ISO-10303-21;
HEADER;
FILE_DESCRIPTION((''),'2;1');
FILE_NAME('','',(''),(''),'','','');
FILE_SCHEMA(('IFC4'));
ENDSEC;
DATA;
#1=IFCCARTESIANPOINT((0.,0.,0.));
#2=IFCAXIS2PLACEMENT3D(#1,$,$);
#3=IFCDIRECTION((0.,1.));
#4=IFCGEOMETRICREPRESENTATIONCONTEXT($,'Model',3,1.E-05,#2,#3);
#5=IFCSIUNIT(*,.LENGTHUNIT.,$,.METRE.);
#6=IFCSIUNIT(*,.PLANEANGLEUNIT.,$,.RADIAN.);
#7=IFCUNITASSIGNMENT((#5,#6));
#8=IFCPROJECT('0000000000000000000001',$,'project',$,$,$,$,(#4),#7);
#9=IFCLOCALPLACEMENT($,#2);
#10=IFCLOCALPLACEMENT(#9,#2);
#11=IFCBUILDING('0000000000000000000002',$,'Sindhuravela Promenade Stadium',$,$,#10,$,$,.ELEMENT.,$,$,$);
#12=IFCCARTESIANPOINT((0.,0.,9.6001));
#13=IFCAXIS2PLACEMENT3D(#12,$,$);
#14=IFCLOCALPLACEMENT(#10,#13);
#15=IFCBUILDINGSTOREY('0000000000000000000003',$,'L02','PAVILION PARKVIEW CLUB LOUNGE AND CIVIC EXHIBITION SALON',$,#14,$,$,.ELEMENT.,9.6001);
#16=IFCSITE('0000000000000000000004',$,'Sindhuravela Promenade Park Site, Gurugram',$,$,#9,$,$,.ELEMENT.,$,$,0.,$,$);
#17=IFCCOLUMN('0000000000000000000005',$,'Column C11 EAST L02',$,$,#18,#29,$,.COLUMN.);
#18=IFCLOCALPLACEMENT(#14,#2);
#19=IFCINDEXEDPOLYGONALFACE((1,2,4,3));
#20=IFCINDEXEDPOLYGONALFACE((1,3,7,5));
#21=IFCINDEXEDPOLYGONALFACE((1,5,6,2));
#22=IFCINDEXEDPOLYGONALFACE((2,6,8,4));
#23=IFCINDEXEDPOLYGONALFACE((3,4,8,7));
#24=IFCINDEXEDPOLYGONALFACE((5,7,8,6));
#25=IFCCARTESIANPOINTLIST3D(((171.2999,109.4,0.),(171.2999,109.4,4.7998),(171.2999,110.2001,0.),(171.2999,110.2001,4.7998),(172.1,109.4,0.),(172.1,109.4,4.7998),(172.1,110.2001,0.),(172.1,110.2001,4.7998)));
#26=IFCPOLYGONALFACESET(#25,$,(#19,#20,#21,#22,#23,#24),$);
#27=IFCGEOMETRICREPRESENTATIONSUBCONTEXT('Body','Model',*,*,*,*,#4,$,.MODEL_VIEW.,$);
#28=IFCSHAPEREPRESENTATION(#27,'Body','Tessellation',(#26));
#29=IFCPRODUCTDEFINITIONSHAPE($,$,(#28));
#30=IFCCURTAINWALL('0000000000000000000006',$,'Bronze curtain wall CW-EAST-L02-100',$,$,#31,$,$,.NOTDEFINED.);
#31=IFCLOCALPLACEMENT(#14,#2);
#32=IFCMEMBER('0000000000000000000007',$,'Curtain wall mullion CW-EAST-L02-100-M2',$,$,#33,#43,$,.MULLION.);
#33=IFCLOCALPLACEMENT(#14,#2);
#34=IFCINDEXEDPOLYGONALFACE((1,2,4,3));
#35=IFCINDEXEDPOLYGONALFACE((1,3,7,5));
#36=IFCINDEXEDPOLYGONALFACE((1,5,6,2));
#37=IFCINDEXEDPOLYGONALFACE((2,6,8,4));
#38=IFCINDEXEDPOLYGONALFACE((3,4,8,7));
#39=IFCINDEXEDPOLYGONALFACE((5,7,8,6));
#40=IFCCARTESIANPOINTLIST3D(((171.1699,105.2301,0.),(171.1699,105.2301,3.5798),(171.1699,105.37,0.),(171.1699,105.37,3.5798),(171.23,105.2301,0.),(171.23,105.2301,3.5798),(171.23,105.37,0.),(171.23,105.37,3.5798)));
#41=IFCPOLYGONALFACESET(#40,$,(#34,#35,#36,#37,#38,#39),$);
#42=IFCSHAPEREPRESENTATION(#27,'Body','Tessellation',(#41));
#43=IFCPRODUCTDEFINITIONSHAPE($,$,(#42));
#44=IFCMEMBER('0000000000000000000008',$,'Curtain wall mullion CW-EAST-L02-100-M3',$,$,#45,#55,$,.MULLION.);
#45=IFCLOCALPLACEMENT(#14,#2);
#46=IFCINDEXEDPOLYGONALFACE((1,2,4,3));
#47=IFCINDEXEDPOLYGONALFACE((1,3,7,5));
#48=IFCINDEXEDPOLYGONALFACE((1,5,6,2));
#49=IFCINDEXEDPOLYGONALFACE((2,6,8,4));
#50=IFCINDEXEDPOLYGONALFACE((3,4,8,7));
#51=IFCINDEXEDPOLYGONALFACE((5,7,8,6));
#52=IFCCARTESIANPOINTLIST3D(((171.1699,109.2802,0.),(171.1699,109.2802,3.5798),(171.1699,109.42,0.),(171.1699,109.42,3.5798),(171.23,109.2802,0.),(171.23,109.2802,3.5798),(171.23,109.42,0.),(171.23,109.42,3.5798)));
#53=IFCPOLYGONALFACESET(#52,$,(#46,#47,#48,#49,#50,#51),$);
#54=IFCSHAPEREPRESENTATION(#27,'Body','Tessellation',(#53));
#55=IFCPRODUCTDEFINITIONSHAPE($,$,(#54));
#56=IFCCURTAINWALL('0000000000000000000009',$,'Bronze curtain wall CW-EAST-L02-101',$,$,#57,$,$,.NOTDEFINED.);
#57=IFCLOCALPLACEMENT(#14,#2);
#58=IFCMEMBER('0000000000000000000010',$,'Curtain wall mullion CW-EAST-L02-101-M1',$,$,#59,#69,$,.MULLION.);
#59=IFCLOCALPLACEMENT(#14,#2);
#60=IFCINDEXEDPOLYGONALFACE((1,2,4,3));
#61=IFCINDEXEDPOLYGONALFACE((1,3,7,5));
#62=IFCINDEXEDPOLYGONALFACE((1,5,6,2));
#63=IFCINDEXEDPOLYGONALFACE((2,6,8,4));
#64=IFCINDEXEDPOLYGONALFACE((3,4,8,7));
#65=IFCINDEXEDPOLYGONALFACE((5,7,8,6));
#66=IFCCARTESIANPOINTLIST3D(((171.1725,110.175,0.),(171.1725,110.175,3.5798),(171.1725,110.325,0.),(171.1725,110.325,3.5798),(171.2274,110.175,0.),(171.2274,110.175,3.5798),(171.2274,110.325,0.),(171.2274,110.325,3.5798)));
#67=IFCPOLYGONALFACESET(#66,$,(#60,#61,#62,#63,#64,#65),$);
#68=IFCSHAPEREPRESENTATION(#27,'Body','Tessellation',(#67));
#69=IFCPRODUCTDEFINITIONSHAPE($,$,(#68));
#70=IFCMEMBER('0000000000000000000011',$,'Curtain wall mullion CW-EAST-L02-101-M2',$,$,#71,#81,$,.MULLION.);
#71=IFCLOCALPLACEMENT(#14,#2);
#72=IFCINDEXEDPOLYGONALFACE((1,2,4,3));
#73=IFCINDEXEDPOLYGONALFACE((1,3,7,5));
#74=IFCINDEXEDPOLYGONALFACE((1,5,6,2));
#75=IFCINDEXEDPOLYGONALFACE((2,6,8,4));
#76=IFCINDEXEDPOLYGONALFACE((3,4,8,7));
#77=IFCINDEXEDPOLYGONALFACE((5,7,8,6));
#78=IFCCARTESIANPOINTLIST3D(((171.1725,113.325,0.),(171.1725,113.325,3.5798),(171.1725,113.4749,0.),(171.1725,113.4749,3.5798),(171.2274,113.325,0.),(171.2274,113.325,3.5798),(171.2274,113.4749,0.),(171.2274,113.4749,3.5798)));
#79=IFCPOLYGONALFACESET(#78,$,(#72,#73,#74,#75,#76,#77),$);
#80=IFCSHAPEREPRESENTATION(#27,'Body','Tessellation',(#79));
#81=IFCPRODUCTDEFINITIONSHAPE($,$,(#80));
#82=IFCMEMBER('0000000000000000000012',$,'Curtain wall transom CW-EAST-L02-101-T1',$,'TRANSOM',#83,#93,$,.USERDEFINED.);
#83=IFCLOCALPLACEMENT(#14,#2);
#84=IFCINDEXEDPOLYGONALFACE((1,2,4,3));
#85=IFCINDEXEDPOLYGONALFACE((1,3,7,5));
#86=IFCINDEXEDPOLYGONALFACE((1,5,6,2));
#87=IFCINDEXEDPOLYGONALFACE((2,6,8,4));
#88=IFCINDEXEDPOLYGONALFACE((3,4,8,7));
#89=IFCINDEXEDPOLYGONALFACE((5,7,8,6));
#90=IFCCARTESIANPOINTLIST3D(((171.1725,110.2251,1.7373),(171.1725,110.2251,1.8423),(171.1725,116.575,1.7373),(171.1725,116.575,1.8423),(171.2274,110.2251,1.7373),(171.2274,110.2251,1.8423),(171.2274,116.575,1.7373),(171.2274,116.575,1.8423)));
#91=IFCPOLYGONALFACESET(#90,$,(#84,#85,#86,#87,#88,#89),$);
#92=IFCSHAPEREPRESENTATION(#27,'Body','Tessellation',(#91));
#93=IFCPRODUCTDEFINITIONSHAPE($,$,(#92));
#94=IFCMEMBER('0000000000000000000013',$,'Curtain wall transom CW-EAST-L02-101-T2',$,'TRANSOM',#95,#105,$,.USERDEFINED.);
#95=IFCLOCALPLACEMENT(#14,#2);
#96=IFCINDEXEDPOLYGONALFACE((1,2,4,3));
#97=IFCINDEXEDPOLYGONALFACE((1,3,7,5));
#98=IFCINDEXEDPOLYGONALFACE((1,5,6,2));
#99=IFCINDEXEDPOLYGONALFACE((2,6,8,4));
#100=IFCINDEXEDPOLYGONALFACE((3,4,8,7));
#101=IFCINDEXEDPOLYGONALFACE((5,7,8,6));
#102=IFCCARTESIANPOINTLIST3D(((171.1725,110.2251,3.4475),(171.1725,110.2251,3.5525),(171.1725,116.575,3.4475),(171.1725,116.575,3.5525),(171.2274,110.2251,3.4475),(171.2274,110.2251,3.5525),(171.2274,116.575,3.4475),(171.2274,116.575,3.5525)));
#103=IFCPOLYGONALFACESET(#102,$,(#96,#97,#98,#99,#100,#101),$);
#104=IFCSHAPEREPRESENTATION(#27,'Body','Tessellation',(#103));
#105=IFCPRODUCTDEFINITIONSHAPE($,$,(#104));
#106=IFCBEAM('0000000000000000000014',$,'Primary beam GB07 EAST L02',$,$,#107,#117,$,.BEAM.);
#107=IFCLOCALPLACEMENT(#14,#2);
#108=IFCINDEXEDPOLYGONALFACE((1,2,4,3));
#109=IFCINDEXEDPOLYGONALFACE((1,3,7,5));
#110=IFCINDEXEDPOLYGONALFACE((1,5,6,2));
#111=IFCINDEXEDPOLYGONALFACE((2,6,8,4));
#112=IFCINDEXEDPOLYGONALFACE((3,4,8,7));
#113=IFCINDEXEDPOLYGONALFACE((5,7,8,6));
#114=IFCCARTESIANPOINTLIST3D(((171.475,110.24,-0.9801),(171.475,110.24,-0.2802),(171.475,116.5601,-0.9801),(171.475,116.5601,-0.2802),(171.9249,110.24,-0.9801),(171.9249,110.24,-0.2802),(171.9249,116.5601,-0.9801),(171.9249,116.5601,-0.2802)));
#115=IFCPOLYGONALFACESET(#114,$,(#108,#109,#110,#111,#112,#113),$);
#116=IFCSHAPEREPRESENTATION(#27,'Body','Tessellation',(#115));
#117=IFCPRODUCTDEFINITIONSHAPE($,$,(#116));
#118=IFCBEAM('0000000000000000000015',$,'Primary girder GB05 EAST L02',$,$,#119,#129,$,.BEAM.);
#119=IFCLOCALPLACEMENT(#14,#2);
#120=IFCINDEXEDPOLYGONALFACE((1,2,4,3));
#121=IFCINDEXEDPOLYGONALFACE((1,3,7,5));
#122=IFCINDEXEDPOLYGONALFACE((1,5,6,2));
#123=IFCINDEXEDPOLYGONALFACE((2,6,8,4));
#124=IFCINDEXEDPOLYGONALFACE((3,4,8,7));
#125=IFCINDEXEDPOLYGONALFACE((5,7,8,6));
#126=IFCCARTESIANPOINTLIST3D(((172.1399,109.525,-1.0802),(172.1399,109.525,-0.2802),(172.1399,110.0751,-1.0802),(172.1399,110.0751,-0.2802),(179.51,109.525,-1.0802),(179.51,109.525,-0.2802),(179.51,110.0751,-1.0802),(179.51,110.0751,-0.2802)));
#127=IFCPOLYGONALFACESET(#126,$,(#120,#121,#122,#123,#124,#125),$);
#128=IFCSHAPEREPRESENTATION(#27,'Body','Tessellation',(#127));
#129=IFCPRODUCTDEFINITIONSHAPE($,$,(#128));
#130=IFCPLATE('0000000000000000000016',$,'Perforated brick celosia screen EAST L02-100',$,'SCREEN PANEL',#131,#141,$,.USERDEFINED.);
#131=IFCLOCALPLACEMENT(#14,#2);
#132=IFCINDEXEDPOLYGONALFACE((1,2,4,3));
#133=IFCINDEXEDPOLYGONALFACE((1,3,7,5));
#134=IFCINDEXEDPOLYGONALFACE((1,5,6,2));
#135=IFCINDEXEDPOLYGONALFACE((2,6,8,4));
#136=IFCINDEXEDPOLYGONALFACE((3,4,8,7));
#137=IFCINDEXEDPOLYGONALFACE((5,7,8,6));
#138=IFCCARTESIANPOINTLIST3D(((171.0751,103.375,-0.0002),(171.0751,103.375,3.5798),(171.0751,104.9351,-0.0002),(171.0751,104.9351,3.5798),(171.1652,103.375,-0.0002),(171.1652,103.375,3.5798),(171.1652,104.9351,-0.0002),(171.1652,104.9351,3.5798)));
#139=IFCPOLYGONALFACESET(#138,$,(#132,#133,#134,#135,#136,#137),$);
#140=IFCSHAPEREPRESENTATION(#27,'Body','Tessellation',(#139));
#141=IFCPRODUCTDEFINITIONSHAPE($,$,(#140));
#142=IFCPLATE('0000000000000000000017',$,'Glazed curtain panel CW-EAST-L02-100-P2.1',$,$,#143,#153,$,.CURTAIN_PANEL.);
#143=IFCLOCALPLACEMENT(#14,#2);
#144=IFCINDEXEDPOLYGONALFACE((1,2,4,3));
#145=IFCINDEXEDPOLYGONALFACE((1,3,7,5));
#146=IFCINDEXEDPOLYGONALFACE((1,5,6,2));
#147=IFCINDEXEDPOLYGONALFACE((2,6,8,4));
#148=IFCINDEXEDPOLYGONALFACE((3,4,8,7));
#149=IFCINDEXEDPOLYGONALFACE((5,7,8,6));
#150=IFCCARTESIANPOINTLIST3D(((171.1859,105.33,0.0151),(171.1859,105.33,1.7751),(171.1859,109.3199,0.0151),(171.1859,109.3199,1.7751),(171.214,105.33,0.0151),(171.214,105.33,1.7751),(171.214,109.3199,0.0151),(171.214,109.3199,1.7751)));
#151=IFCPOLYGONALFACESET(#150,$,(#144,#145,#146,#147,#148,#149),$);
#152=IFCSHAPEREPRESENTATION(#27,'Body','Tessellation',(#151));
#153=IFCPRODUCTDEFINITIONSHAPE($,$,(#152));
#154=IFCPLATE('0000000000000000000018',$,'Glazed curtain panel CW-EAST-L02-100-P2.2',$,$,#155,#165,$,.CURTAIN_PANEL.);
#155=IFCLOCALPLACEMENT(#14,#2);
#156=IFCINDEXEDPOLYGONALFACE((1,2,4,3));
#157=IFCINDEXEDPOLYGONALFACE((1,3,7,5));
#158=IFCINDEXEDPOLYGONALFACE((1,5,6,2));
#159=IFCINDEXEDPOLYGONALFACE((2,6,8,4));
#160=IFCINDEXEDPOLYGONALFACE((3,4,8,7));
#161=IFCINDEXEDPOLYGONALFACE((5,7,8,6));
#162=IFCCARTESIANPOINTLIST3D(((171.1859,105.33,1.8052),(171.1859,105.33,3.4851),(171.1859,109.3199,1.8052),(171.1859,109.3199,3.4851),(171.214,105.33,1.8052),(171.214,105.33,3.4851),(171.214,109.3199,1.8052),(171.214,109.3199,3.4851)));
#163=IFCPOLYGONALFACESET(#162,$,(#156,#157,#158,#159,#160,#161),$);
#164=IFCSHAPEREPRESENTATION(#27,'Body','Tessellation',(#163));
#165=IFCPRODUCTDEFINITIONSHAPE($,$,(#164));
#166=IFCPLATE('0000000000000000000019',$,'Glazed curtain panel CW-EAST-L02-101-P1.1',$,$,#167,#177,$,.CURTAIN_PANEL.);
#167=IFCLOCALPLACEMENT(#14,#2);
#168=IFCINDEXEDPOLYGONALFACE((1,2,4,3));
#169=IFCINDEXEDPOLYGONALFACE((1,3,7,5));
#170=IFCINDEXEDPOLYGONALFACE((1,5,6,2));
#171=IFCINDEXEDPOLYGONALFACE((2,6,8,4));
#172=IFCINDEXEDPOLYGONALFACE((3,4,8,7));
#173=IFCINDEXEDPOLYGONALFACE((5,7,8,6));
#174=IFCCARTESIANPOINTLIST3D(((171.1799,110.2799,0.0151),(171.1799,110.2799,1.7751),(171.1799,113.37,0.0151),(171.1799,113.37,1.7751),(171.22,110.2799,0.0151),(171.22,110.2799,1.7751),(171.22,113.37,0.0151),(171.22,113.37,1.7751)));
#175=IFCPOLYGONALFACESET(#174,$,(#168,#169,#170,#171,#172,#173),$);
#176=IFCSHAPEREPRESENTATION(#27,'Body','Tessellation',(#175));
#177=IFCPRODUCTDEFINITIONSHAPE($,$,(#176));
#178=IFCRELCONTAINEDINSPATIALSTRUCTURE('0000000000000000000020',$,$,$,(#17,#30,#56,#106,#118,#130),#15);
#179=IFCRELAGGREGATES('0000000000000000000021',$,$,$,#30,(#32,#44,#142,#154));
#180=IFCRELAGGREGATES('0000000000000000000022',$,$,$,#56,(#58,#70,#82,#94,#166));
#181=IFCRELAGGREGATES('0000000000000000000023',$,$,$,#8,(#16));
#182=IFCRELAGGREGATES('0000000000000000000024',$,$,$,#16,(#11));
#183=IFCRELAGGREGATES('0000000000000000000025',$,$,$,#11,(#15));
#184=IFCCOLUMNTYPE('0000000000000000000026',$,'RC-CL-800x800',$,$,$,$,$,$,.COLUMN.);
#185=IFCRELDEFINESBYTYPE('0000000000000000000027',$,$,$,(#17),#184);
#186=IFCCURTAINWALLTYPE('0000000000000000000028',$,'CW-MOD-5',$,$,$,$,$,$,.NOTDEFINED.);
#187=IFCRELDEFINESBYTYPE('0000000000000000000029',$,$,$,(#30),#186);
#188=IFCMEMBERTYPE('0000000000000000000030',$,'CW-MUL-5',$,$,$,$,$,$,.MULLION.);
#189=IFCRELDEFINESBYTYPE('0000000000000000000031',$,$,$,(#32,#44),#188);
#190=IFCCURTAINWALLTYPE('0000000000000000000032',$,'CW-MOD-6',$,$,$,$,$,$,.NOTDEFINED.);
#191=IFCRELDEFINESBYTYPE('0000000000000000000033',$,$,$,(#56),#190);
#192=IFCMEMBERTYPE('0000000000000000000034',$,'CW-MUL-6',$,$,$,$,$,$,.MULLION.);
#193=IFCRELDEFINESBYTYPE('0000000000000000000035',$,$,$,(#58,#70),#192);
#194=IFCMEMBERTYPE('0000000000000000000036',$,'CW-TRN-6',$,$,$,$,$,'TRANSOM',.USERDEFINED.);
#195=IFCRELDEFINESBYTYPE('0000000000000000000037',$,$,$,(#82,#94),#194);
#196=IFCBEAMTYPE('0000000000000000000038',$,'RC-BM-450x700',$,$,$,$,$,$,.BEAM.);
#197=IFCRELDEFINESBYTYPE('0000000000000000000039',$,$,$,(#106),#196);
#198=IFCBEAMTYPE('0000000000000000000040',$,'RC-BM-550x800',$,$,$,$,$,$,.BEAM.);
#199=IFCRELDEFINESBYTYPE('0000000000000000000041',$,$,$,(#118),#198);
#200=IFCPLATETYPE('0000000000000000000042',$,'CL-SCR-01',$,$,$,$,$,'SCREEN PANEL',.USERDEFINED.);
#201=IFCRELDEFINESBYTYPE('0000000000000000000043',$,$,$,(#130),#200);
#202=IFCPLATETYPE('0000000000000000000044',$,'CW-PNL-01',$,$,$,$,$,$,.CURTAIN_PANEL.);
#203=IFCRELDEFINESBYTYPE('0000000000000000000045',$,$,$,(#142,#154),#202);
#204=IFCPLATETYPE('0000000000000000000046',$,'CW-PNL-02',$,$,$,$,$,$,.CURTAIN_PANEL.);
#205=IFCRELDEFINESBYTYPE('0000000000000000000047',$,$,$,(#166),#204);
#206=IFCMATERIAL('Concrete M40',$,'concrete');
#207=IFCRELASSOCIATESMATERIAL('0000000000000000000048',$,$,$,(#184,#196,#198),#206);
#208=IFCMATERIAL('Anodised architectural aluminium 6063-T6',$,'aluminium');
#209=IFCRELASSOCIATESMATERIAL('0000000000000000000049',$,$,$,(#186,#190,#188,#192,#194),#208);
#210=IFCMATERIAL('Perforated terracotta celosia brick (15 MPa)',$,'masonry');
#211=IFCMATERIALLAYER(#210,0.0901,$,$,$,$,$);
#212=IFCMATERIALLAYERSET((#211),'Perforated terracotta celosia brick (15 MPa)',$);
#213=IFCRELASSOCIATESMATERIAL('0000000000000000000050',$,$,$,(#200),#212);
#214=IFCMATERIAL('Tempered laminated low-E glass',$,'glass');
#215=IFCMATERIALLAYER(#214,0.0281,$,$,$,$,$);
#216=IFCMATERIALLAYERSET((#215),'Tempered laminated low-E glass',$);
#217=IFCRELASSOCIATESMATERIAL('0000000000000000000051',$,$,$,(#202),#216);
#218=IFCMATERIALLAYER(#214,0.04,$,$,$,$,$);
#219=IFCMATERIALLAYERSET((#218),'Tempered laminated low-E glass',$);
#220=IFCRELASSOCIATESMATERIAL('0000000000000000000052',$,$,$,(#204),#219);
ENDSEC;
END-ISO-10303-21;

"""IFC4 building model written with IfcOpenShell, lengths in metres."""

from ifc_helpers import new_model, si_unit, direction, frame, origin, origin_2d, place, context, subcontext, project, spatial, rectangle, extrude, material, layer, layer_set, material_profile, profile_set, type_object, element, aggregate, save


model = new_model("IFC4")

# Units and contexts
model_context = context("Model", 3, precision=1e-05, world=origin(), true_north=direction((0.0, 1.0)))
body_context = subcontext(model_context, "Body", "Model", "MODEL_VIEW")
ifc_project = project(units=[si_unit("LENGTHUNIT", "METRE"), si_unit("PLANEANGLEUNIT", "RADIAN")], contexts=[model_context])

# Site, building, storey
site_placement = place(None, origin())
site = spatial("IfcSite", under=ifc_project, at=site_placement, Name="Sindhuravela Promenade Park Site, Gurugram", CompositionType="ELEMENT", RefElevation=0.0)
building_placement = place(site_placement, origin())
building = spatial("IfcBuilding", under=site, at=building_placement, Name="Sindhuravela Promenade Stadium", CompositionType="ELEMENT")
storey_placement = place(building_placement, frame((0.0, 0.0, 9.6001)))
storey = spatial("IfcBuildingStorey", under=building, at=storey_placement, Name="L02", Description="PAVILION PARKVIEW CLUB LOUNGE AND CIVIC EXHIBITION SALON", CompositionType="ELEMENT", Elevation=9.6001)

# Column
ifc_material_1 = material(Name="Concrete M40", Category="concrete")
ifc_material_profile_1 = material_profile(ifc_material_1, rectangle(XDim=0.8, YDim=0.8, at=origin_2d()), Name="RC 800x800")
ifc_profile_set_1 = profile_set([ifc_material_profile_1], Name="Concrete M40")
column_type = type_object("IfcColumnType", Name="RC-CL-800x800", PredefinedType="COLUMN", material=ifc_profile_set_1)
column_placement = place(storey_placement, frame((171.7, 109.8, 0.0), z_axis=(0.0, 0.0, 1.0), x_axis=(1.0, 0.0, 0.0)))
element("IfcColumn", 1, at=column_placement, inside=storey, type_object=column_type, Name="Column C11 EAST L02", PredefinedType="COLUMN", context=body_context, shape_type="SweptSolid", body=[
    extrude(rectangle(XDim=0.8, YDim=0.8, at=origin_2d()), origin(), (0.0, 0.0, 1.0), 4.7998),
])

# Curtain walls, members
ifc_material_2 = material(Name="Anodised architectural aluminium 6063-T6", Category="aluminium")
curtain_wall_type_1 = type_object("IfcCurtainWallType", Name="CW-MOD-5", PredefinedType="NOTDEFINED", material=ifc_material_2)
curtain_wall_1_placement = place(storey_placement, origin())
curtain_wall_1 = element("IfcCurtainWall", 2, at=curtain_wall_1_placement, inside=storey, type_object=curtain_wall_type_1, Name="Bronze curtain wall CW-EAST-L02-100", PredefinedType="NOTDEFINED")
ifc_material_profile_2 = material_profile(ifc_material_2, rectangle(XDim=0.0601, YDim=0.1399, at=origin_2d()), Name="ALU M60x140")
ifc_profile_set_2 = profile_set([ifc_material_profile_2], Name="Anodised architectural aluminium 6063-T6")
member_type_1 = type_object("IfcMemberType", Name="CW-MUL-5", PredefinedType="MULLION", material=ifc_profile_set_2)
member_1_placement = place(storey_placement, frame((171.2, 105.3, 0.0), z_axis=(0.0, 0.0, 1.0), x_axis=(1.0, 0.0, 0.0)))
member_1 = element("IfcMember", 3, at=member_1_placement, type_object=member_type_1, Name="Curtain wall mullion CW-EAST-L02-100-M2", PredefinedType="MULLION", context=body_context, shape_type="SweptSolid", body=[
    extrude(rectangle(XDim=0.0601, YDim=0.1399, at=origin_2d()), origin(), (0.0, 0.0, 1.0), 3.5798),
])
member_2_placement = place(storey_placement, frame((171.2, 109.3501, 0.0), z_axis=(0.0, 0.0, 1.0), x_axis=(1.0, 0.0, 0.0)))
member_2 = element("IfcMember", 4, at=member_2_placement, type_object=member_type_1, Name="Curtain wall mullion CW-EAST-L02-100-M3", PredefinedType="MULLION", context=body_context, shape_type="SweptSolid", body=[
    extrude(rectangle(XDim=0.0601, YDim=0.1399, at=origin_2d()), origin(), (0.0, 0.0, 1.0), 3.5798),
])
curtain_wall_type_2 = type_object("IfcCurtainWallType", Name="CW-MOD-6", PredefinedType="NOTDEFINED", material=ifc_material_2)
curtain_wall_2_placement = place(storey_placement, origin())
curtain_wall_2 = element("IfcCurtainWall", 5, at=curtain_wall_2_placement, inside=storey, type_object=curtain_wall_type_2, Name="Bronze curtain wall CW-EAST-L02-101", PredefinedType="NOTDEFINED")
ifc_material_profile_3 = material_profile(ifc_material_2, rectangle(XDim=0.0549, YDim=0.1499, at=origin_2d()), Name="ALU M55x150")
ifc_profile_set_3 = profile_set([ifc_material_profile_3], Name="Anodised architectural aluminium 6063-T6")
member_type_2 = type_object("IfcMemberType", Name="CW-MUL-6", PredefinedType="MULLION", material=ifc_profile_set_3)
member_3_placement = place(storey_placement, frame((171.2, 110.25, 0.0), z_axis=(0.0, 0.0, 1.0), x_axis=(1.0, 0.0, 0.0)))
member_3 = element("IfcMember", 6, at=member_3_placement, type_object=member_type_2, Name="Curtain wall mullion CW-EAST-L02-101-M1", PredefinedType="MULLION", context=body_context, shape_type="SweptSolid", body=[
    extrude(rectangle(XDim=0.0549, YDim=0.1499, at=origin_2d()), origin(), (0.0, 0.0, 1.0), 3.5798),
])
member_4_placement = place(storey_placement, frame((171.2, 113.3999, 0.0), z_axis=(0.0, 0.0, 1.0), x_axis=(1.0, 0.0, 0.0)))
member_4 = element("IfcMember", 7, at=member_4_placement, type_object=member_type_2, Name="Curtain wall mullion CW-EAST-L02-101-M2", PredefinedType="MULLION", context=body_context, shape_type="SweptSolid", body=[
    extrude(rectangle(XDim=0.0549, YDim=0.1499, at=origin_2d()), origin(), (0.0, 0.0, 1.0), 3.5798),
])
ifc_material_profile_4 = material_profile(ifc_material_2, rectangle(XDim=0.0549, YDim=0.105, at=origin_2d()), Name="ALU T55x105")
ifc_profile_set_4 = profile_set([ifc_material_profile_4], Name="Anodised architectural aluminium 6063-T6")
member_type_3 = type_object("IfcMemberType", Name="CW-TRN-6", ElementType="TRANSOM", PredefinedType="USERDEFINED", material=ifc_profile_set_4)
member_5_placement = place(storey_placement, frame((171.2, 110.2251, 1.7898), z_axis=(0.0, 1.0, 0.0), x_axis=(-1.0, 0.0, 0.0)))
member_5 = element("IfcMember", 8, at=member_5_placement, type_object=member_type_3, Name="Curtain wall transom CW-EAST-L02-101-T1", ObjectType="TRANSOM", PredefinedType="USERDEFINED", context=body_context, shape_type="SweptSolid", body=[
    extrude(rectangle(XDim=0.0549, YDim=0.105, at=origin_2d()), origin(), (0.0, 0.0, 1.0), 6.3499),
])
member_6_placement = place(storey_placement, frame((171.2, 110.2251, 3.5), z_axis=(0.0, 1.0, 0.0), x_axis=(-1.0, 0.0, 0.0)))
member_6 = element("IfcMember", 9, at=member_6_placement, type_object=member_type_3, Name="Curtain wall transom CW-EAST-L02-101-T2", ObjectType="TRANSOM", PredefinedType="USERDEFINED", context=body_context, shape_type="SweptSolid", body=[
    extrude(rectangle(XDim=0.0549, YDim=0.105, at=origin_2d()), origin(), (0.0, 0.0, 1.0), 6.3499),
])

# Beams
ifc_material_profile_5 = material_profile(ifc_material_1, rectangle(XDim=0.45, YDim=0.7, at=origin_2d()), Name="RC 450x700")
ifc_profile_set_5 = profile_set([ifc_material_profile_5], Name="Concrete M40")
beam_type_1 = type_object("IfcBeamType", Name="RC-BM-450x700", PredefinedType="BEAM", material=ifc_profile_set_5)
beam_1_placement = place(storey_placement, frame((171.7, 110.24, -0.6301), z_axis=(0.0, 1.0, 0.0), x_axis=(-1.0, 0.0, 0.0)))
element("IfcBeam", 10, at=beam_1_placement, inside=storey, type_object=beam_type_1, Name="Primary beam GB07 EAST L02", PredefinedType="BEAM", context=body_context, shape_type="SweptSolid", body=[
    extrude(rectangle(XDim=0.45, YDim=0.7, at=origin_2d()), origin(), (0.0, 0.0, 1.0), 6.3201),
])
ifc_material_profile_6 = material_profile(ifc_material_1, rectangle(XDim=0.55, YDim=0.8, at=origin_2d()), Name="RC 550x800")
ifc_profile_set_6 = profile_set([ifc_material_profile_6], Name="Concrete M40")
beam_type_2 = type_object("IfcBeamType", Name="RC-BM-550x800", PredefinedType="BEAM", material=ifc_profile_set_6)
beam_2_placement = place(storey_placement, frame((172.1399, 109.8, -0.6802), z_axis=(1.0, 0.0, 0.0), x_axis=(0.0, 1.0, 0.0)))
element("IfcBeam", 11, at=beam_2_placement, inside=storey, type_object=beam_type_2, Name="Primary girder GB05 EAST L02", PredefinedType="BEAM", context=body_context, shape_type="SweptSolid", body=[
    extrude(rectangle(XDim=0.55, YDim=0.8, at=origin_2d()), origin(), (0.0, 0.0, 1.0), 7.3701),
])

# Plates
ifc_material_3 = material(Name="Perforated terracotta celosia brick (15 MPa)", Category="masonry")
ifc_layer_1 = layer(ifc_material_3, 0.0901)
ifc_layer_set_1 = layer_set([ifc_layer_1], Name="Perforated terracotta celosia brick (15 MPa)")
plate_type_1 = type_object("IfcPlateType", Name="CL-SCR-01", ElementType="SCREEN PANEL", PredefinedType="USERDEFINED", material=ifc_layer_set_1)
plate_1_placement = place(storey_placement, frame((171.1201, 104.155, -0.0002), z_axis=(0.0, 0.0, 1.0), x_axis=(0.0, 1.0, 0.0)))
element("IfcPlate", 12, at=plate_1_placement, inside=storey, type_object=plate_type_1, Name="Perforated brick celosia screen EAST L02-100", ObjectType="SCREEN PANEL", PredefinedType="USERDEFINED", context=body_context, shape_type="SweptSolid", body=[
    extrude(rectangle(XDim=1.5601, YDim=0.0901, at=origin_2d()), origin(), (0.0, 0.0, 1.0), 3.5801),
])
ifc_material_4 = material(Name="Tempered laminated low-E glass", Category="glass")
ifc_layer_2 = layer(ifc_material_4, 0.0281)
ifc_layer_set_2 = layer_set([ifc_layer_2], Name="Tempered laminated low-E glass")
plate_type_2 = type_object("IfcPlateType", Name="CW-PNL-01", PredefinedType="CURTAIN_PANEL", material=ifc_layer_set_2)
plate_2_placement = place(storey_placement, frame((171.2, 107.325, 0.0151), z_axis=(0.0, 0.0, 1.0), x_axis=(0.0, 1.0, 0.0)))
plate_2 = element("IfcPlate", 13, at=plate_2_placement, type_object=plate_type_2, Name="Glazed curtain panel CW-EAST-L02-100-P2.1", PredefinedType="CURTAIN_PANEL", context=body_context, shape_type="SweptSolid", body=[
    extrude(rectangle(XDim=3.99, YDim=0.0281, at=origin_2d()), origin(), (0.0, 0.0, 1.0), 1.76),
])
plate_3_placement = place(storey_placement, frame((171.2, 107.325, 1.8052), z_axis=(0.0, 0.0, 1.0), x_axis=(0.0, 1.0, 0.0)))
plate_3 = element("IfcPlate", 14, at=plate_3_placement, type_object=plate_type_2, Name="Glazed curtain panel CW-EAST-L02-100-P2.2", PredefinedType="CURTAIN_PANEL", context=body_context, shape_type="SweptSolid", body=[
    extrude(rectangle(XDim=3.99, YDim=0.0281, at=origin_2d()), origin(), (0.0, 0.0, 1.0), 1.6799),
])
aggregate(curtain_wall_1, [member_1, member_2, plate_2, plate_3])
ifc_layer_3 = layer(ifc_material_4, 0.04)
ifc_layer_set_3 = layer_set([ifc_layer_3], Name="Tempered laminated low-E glass")
plate_type_3 = type_object("IfcPlateType", Name="CW-PNL-02", PredefinedType="CURTAIN_PANEL", material=ifc_layer_set_3)
plate_4_placement = place(storey_placement, frame((171.2, 111.825, 0.0151), z_axis=(0.0, 0.0, 1.0), x_axis=(0.0, 1.0, 0.0)))
plate_4 = element("IfcPlate", 15, at=plate_4_placement, type_object=plate_type_3, Name="Glazed curtain panel CW-EAST-L02-101-P1.1", PredefinedType="CURTAIN_PANEL", context=body_context, shape_type="SweptSolid", body=[
    extrude(rectangle(XDim=3.0901, YDim=0.04, at=origin_2d()), origin(), (0.0, 0.0, 1.0), 1.76),
])
aggregate(curtain_wall_2, [member_3, member_4, member_5, member_6, plate_4])

save(model, "model.ifc")
